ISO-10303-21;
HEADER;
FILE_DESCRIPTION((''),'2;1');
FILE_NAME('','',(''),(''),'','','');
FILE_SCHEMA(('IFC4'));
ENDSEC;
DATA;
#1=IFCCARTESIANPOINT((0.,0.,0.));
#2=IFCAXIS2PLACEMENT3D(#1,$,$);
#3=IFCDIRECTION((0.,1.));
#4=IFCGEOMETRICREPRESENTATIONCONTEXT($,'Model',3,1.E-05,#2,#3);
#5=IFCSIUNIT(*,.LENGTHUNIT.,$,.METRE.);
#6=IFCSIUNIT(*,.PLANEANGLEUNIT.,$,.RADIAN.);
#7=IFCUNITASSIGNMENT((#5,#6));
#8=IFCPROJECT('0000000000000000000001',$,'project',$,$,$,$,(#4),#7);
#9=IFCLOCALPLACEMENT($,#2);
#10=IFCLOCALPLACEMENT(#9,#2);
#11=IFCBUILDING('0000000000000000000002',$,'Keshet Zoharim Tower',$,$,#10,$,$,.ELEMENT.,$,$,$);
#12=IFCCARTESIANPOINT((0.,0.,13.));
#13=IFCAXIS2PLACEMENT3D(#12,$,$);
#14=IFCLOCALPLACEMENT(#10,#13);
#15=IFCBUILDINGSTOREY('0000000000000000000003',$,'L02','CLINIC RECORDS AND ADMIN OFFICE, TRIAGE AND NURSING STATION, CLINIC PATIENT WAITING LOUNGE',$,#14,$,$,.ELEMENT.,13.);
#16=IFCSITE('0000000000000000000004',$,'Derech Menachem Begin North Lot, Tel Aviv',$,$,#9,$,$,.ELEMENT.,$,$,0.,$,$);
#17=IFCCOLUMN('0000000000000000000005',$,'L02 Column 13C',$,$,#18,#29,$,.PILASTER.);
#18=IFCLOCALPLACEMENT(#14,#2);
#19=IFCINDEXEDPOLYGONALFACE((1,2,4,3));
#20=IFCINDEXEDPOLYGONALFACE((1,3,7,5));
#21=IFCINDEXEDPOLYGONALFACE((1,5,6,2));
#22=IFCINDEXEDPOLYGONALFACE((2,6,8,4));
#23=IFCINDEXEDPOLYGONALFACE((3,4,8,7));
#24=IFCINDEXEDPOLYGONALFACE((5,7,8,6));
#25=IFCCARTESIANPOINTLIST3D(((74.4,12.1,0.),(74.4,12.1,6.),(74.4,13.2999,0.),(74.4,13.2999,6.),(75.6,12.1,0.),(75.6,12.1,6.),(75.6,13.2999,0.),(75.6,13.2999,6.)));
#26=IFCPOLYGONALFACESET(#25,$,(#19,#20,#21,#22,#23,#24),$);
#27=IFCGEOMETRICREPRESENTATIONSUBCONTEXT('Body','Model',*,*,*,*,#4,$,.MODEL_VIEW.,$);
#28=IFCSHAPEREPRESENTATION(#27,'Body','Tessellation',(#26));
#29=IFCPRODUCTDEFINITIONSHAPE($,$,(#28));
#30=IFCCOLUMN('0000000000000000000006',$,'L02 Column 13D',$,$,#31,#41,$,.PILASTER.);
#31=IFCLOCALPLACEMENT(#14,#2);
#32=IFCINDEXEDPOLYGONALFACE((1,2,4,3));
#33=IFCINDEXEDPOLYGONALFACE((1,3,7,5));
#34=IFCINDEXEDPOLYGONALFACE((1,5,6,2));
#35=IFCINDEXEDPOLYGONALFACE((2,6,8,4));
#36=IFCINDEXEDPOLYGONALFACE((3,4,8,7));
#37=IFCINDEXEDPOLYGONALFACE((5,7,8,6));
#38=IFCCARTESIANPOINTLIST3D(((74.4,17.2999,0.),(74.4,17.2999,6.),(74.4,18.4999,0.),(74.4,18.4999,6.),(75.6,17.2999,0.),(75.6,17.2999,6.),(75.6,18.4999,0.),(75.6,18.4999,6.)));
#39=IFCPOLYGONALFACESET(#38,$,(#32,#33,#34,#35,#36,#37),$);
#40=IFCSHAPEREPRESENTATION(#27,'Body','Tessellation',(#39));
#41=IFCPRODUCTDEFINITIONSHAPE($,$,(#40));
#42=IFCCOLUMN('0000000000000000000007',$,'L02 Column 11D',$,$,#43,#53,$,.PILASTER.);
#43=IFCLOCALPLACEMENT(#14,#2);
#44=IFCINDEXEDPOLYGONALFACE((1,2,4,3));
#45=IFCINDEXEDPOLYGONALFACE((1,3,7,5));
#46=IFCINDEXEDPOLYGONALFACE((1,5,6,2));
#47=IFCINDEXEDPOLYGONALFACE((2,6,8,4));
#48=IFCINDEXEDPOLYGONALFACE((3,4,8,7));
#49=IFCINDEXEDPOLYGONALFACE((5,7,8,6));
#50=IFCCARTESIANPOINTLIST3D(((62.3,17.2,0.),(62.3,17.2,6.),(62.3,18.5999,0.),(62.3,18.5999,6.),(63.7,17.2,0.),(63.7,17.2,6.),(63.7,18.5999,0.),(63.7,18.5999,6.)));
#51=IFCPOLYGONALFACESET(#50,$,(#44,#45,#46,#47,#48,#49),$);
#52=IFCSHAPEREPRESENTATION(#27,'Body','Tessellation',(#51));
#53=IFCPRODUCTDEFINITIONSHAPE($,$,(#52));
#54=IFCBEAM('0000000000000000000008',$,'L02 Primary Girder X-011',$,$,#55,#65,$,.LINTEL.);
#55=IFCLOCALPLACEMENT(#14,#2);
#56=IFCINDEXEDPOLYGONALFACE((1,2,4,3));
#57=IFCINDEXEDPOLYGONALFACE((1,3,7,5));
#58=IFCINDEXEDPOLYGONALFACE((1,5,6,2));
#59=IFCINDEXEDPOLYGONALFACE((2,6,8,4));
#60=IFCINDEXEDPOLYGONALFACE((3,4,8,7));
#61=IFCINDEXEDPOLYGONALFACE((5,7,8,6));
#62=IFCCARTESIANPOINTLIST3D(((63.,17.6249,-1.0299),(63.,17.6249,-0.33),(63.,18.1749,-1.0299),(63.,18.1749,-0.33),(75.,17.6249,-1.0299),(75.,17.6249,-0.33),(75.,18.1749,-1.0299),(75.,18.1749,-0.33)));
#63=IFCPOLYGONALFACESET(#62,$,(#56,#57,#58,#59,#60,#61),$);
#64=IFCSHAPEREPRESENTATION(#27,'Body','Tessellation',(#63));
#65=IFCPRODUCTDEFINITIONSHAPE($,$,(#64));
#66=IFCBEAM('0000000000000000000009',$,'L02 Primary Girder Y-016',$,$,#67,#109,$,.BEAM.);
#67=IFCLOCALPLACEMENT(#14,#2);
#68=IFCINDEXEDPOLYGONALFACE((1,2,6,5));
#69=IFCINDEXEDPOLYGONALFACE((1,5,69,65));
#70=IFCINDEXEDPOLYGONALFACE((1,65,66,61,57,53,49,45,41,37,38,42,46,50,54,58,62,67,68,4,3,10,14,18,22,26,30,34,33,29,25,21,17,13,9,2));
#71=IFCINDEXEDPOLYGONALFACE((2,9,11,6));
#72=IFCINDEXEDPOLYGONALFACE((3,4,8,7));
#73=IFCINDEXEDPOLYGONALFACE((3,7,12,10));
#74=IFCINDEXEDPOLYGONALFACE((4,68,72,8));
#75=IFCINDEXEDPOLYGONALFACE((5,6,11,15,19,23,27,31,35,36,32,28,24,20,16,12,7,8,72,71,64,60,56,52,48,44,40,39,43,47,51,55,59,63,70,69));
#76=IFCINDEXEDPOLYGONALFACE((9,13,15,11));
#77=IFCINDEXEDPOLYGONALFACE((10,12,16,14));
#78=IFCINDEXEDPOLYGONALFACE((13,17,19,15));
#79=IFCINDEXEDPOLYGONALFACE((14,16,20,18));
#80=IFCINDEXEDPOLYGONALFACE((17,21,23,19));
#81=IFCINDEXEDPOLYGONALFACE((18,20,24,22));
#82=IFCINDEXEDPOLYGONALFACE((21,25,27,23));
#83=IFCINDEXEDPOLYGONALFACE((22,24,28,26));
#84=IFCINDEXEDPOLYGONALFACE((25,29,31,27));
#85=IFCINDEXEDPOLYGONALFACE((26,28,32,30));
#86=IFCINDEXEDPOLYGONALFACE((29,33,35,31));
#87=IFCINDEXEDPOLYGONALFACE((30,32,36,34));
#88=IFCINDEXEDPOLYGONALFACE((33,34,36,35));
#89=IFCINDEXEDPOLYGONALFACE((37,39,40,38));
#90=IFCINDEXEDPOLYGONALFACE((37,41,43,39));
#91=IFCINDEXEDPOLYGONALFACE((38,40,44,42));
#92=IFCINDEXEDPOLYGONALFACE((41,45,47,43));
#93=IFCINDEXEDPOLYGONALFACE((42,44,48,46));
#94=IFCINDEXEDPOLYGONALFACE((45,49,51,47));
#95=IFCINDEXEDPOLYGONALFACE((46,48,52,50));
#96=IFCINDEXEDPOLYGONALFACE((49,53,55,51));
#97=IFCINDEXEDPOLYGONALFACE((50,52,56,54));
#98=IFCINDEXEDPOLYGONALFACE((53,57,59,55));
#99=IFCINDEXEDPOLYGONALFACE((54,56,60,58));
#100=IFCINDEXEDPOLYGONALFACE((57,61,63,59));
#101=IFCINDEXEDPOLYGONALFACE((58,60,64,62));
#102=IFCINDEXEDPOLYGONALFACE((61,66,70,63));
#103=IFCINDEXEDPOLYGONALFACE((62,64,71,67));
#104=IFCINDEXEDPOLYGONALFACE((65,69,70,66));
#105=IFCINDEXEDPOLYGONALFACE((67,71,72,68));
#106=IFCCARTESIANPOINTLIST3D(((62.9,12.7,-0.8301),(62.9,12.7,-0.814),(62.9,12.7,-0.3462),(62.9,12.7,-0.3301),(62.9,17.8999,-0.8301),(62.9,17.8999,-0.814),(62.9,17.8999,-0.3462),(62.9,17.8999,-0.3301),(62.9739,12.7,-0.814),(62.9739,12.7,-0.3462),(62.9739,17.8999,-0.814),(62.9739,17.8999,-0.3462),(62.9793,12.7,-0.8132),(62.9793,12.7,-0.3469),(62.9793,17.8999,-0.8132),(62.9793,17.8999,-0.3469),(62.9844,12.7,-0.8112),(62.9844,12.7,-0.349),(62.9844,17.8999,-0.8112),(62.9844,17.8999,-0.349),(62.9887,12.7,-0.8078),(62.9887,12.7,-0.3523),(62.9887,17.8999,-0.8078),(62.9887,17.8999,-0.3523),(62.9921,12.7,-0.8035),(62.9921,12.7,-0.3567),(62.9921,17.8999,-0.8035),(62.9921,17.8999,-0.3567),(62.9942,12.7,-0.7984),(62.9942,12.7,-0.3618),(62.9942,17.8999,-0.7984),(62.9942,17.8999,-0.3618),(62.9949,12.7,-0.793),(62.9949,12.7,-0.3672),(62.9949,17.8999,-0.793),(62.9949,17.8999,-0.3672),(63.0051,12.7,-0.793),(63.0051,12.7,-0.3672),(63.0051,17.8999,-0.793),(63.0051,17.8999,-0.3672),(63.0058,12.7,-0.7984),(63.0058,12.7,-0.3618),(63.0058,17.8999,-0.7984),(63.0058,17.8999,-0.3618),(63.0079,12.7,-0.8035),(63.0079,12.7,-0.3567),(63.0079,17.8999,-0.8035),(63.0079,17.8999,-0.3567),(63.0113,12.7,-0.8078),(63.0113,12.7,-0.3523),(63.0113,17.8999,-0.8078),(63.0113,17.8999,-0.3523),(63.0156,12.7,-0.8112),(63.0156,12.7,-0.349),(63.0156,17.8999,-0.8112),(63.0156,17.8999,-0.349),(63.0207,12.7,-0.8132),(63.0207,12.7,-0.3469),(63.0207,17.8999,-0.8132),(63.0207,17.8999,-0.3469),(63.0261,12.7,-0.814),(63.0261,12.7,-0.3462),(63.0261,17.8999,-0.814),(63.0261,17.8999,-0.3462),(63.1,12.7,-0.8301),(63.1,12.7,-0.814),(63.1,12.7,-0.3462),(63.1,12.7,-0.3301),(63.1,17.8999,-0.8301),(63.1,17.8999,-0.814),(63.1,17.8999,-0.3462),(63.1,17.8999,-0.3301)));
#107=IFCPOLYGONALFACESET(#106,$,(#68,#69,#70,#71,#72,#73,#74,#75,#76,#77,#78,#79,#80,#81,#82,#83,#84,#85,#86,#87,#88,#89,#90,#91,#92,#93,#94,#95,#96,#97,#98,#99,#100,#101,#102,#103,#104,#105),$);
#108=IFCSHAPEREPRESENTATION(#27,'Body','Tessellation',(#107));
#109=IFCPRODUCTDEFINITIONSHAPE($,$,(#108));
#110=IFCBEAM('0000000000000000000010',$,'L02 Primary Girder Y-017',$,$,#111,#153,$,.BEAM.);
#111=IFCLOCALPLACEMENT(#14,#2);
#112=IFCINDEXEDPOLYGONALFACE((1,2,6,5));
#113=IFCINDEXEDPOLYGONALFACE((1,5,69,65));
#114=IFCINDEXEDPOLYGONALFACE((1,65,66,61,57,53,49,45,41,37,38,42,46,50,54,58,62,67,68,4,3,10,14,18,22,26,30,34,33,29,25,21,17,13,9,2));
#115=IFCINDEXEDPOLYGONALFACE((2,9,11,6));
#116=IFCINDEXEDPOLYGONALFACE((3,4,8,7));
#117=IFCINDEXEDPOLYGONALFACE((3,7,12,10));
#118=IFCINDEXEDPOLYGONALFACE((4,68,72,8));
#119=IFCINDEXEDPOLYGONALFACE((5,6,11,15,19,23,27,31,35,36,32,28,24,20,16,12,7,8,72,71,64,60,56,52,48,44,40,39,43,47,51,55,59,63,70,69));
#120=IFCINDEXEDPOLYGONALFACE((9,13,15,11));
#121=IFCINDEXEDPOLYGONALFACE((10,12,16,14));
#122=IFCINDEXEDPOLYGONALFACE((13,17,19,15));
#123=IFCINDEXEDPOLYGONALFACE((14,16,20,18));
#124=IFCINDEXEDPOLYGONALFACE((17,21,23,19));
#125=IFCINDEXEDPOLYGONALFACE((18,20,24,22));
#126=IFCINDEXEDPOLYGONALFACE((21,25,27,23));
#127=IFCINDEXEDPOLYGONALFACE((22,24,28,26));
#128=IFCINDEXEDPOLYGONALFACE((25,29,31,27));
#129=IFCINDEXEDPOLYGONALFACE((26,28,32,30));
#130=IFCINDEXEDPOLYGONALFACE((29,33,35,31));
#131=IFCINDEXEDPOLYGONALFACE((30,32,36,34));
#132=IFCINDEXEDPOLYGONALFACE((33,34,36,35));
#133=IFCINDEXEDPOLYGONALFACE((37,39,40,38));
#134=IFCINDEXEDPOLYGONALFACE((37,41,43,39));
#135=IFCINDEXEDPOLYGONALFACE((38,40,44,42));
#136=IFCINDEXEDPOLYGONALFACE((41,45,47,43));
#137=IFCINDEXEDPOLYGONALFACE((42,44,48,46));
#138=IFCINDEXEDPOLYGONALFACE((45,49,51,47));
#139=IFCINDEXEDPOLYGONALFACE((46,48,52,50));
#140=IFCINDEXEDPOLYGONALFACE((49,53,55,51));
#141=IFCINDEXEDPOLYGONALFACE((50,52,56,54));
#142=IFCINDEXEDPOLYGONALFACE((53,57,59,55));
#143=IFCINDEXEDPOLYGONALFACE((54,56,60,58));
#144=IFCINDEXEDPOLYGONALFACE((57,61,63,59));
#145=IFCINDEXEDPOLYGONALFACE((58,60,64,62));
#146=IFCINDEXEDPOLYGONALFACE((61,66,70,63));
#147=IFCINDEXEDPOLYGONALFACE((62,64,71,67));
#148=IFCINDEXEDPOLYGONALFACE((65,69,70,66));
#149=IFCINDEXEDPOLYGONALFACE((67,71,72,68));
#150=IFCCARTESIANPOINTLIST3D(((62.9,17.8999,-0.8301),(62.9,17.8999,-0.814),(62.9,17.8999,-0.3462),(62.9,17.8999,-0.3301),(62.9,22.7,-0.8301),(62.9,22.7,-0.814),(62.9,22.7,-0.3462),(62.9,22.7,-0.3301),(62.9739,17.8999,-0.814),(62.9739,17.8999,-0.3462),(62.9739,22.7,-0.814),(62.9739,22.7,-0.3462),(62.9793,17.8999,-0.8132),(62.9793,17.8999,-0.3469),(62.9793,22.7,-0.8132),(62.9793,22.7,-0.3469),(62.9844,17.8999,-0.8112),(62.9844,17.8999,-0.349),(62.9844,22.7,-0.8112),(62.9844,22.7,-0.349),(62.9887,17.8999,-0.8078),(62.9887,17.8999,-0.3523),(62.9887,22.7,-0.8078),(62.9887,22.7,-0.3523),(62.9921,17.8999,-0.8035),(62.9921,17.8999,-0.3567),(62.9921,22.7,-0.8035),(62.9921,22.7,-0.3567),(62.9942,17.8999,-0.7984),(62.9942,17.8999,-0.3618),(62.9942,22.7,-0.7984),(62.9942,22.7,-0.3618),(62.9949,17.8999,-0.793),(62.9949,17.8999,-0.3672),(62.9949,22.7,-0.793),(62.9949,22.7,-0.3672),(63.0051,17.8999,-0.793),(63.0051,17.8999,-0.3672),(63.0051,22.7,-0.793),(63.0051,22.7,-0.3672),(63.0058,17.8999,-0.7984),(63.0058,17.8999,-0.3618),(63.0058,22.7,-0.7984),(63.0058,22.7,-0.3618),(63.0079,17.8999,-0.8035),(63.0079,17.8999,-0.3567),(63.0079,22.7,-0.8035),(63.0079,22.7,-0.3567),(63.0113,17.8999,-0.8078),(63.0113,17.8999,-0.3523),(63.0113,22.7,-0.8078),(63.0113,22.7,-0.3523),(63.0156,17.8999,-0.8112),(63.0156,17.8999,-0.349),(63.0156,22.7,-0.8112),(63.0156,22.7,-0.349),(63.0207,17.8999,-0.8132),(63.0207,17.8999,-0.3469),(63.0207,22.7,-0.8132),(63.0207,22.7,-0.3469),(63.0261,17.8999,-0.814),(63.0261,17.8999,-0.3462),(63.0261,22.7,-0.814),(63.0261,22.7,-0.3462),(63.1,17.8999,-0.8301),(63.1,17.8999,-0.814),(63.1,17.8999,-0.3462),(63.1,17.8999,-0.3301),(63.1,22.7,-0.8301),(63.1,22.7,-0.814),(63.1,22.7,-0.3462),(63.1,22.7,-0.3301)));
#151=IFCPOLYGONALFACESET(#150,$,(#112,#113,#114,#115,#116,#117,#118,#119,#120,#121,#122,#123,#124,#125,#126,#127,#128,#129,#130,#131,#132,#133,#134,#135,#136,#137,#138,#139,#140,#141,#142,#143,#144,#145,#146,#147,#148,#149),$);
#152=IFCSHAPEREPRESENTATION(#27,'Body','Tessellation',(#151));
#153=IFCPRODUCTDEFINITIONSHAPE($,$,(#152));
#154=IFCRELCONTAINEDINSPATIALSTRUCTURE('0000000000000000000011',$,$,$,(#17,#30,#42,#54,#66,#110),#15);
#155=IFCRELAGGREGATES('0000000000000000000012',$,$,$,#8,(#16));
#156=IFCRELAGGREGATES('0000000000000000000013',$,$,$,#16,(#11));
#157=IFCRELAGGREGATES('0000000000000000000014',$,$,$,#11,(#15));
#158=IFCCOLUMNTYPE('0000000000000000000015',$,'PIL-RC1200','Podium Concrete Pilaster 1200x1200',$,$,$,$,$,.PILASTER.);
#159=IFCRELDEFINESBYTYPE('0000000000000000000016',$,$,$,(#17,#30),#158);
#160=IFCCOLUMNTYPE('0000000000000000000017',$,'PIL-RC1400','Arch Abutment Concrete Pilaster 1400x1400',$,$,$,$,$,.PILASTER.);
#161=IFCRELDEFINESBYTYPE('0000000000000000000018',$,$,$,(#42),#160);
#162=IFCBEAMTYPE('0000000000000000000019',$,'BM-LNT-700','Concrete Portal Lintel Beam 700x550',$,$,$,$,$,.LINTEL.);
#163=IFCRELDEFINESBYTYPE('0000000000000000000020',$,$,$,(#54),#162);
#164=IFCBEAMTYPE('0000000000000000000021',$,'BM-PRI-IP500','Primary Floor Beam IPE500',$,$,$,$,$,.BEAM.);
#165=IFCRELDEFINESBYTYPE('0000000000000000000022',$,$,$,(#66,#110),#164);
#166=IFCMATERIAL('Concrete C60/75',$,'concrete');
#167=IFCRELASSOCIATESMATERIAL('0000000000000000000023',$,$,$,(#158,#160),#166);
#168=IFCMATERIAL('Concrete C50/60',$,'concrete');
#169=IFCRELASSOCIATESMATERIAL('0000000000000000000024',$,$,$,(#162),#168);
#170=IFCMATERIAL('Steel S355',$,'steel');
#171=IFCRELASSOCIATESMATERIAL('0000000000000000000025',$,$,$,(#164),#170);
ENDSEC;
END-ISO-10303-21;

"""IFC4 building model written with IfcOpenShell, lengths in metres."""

from ifc_helpers import new_model, si_unit, direction, frame, origin, origin_2d, place, context, subcontext, project, spatial, rectangle, i_section, extrude, material, material_profile, profile_set, type_object, element, save


model = new_model("IFC4")

# Units and contexts
model_context = context("Model", 3, precision=1e-05, world=origin(), true_north=direction((0.0, 1.0)))
body_context = subcontext(model_context, "Body", "Model", "MODEL_VIEW")
ifc_project = project(units=[si_unit("LENGTHUNIT", "METRE"), si_unit("PLANEANGLEUNIT", "RADIAN")], contexts=[model_context])

# Site, building, storey
site_placement = place(None, origin())
site = spatial("IfcSite", under=ifc_project, at=site_placement, Name="Derech Menachem Begin North Lot, Tel Aviv", CompositionType="ELEMENT", RefElevation=0.0)
building_placement = place(site_placement, origin())
building = spatial("IfcBuilding", under=site, at=building_placement, Name="Keshet Zoharim Tower", CompositionType="ELEMENT")
storey_placement = place(building_placement, frame((0.0, 0.0, 13.0)))
storey = spatial("IfcBuildingStorey", under=building, at=storey_placement, Name="L02", Description="CLINIC RECORDS AND ADMIN OFFICE, TRIAGE AND NURSING STATION, CLINIC PATIENT WAITING LOUNGE", CompositionType="ELEMENT", Elevation=13.0)

# Columns
ifc_material_1 = material(Name="Concrete C60/75", Category="concrete")
ifc_material_profile_1 = material_profile(ifc_material_1, rectangle(XDim=1.2, YDim=1.2, at=origin_2d()), Name="RC1200x1200")
ifc_profile_set_1 = profile_set([ifc_material_profile_1], Name="Concrete C60/75")
column_type_1 = type_object("IfcColumnType", Name="PIL-RC1200", Description="Podium Concrete Pilaster 1200x1200", PredefinedType="PILASTER", material=ifc_profile_set_1)
for number, where, z_axis, x_axis, name in (
    (1, (75.0, 12.7, 0.0), (0.0, 0.0, 1.0), (1.0, 0.0, 0.0), "L02 Column 13C"),
    (2, (75.0, 17.8999, 0.0), (0.0, 0.0, 1.0), (1.0, 0.0, 0.0), "L02 Column 13D"),
):
    element("IfcColumn", number, at=place(storey_placement, frame(where, z_axis=z_axis, x_axis=x_axis)), inside=storey, type_object=column_type_1, Name=name, PredefinedType="PILASTER", context=body_context, shape_type="SweptSolid", body=[
        extrude(rectangle(XDim=1.2, YDim=1.2, at=origin_2d()), origin(), (0.0, 0.0, 1.0), 6.0),
    ])
ifc_material_profile_2 = material_profile(ifc_material_1, rectangle(XDim=1.3999, YDim=1.3999, at=origin_2d()), Name="RC1400x1400")
ifc_profile_set_2 = profile_set([ifc_material_profile_2], Name="Concrete C60/75")
column_type_2 = type_object("IfcColumnType", Name="PIL-RC1400", Description="Arch Abutment Concrete Pilaster 1400x1400", PredefinedType="PILASTER", material=ifc_profile_set_2)
column_placement = place(storey_placement, frame((63.0, 17.8999, 0.0), z_axis=(0.0, 0.0, 1.0), x_axis=(1.0, 0.0, 0.0)))
element("IfcColumn", 3, at=column_placement, inside=storey, type_object=column_type_2, Name="L02 Column 11D", PredefinedType="PILASTER", context=body_context, shape_type="SweptSolid", body=[
    extrude(rectangle(XDim=1.3999, YDim=1.3999, at=origin_2d()), origin(), (0.0, 0.0, 1.0), 6.0),
])

# Beams
ifc_material_2 = material(Name="Concrete C50/60", Category="concrete")
ifc_material_profile_3 = material_profile(ifc_material_2, rectangle(XDim=0.55, YDim=0.7, at=origin_2d()), Name="RC700x550")
ifc_profile_set_3 = profile_set([ifc_material_profile_3], Name="Concrete C50/60")
beam_type_1 = type_object("IfcBeamType", Name="BM-LNT-700", Description="Concrete Portal Lintel Beam 700x550", PredefinedType="LINTEL", material=ifc_profile_set_3)
beam_1_placement = place(storey_placement, frame((63.0, 17.8999, -0.6799), z_axis=(1.0, 0.0, 0.0), x_axis=(0.0, 1.0, 0.0)))
element("IfcBeam", 4, at=beam_1_placement, inside=storey, type_object=beam_type_1, Name="L02 Primary Girder X-011", PredefinedType="LINTEL", context=body_context, shape_type="SweptSolid", body=[
    extrude(rectangle(XDim=0.55, YDim=0.7, at=origin_2d()), origin(), (0.0, 0.0, 1.0), 12.0),
])
ifc_material_3 = material(Name="Steel S355", Category="steel")
ifc_material_profile_4 = material_profile(ifc_material_3, i_section(OverallWidth=0.2, OverallDepth=0.5, WebThickness=0.0103, FlangeThickness=0.0161, FilletRadius=0.021, at=origin_2d()), Name="IPE500")
ifc_profile_set_4 = profile_set([ifc_material_profile_4], Name="Steel S355")
beam_type_2 = type_object("IfcBeamType", Name="BM-PRI-IP500", Description="Primary Floor Beam IPE500", PredefinedType="BEAM", material=ifc_profile_set_4)
beam_2_placement = place(storey_placement, frame((63.0, 12.7, -0.5801), z_axis=(0.0, 1.0, 0.0), x_axis=(-1.0, 0.0, 0.0)))
element("IfcBeam", 5, at=beam_2_placement, inside=storey, type_object=beam_type_2, Name="L02 Primary Girder Y-016", PredefinedType="BEAM", context=body_context, shape_type="SweptSolid", body=[
    extrude(i_section(OverallWidth=0.2, OverallDepth=0.5, WebThickness=0.0103, FlangeThickness=0.0161, FilletRadius=0.021, at=origin_2d()), origin(), (0.0, 0.0, 1.0), 5.2),
])
beam_3_placement = place(storey_placement, frame((63.0, 17.8999, -0.5801), z_axis=(0.0, 1.0, 0.0), x_axis=(-1.0, 0.0, 0.0)))
element("IfcBeam", 6, at=beam_3_placement, inside=storey, type_object=beam_type_2, Name="L02 Primary Girder Y-017", PredefinedType="BEAM", context=body_context, shape_type="SweptSolid", body=[
    extrude(i_section(OverallWidth=0.2, OverallDepth=0.5, WebThickness=0.0103, FlangeThickness=0.0161, FilletRadius=0.021, at=origin_2d()), origin(), (0.0, 0.0, 1.0), 4.8),
])

save(model, "model.ifc")
